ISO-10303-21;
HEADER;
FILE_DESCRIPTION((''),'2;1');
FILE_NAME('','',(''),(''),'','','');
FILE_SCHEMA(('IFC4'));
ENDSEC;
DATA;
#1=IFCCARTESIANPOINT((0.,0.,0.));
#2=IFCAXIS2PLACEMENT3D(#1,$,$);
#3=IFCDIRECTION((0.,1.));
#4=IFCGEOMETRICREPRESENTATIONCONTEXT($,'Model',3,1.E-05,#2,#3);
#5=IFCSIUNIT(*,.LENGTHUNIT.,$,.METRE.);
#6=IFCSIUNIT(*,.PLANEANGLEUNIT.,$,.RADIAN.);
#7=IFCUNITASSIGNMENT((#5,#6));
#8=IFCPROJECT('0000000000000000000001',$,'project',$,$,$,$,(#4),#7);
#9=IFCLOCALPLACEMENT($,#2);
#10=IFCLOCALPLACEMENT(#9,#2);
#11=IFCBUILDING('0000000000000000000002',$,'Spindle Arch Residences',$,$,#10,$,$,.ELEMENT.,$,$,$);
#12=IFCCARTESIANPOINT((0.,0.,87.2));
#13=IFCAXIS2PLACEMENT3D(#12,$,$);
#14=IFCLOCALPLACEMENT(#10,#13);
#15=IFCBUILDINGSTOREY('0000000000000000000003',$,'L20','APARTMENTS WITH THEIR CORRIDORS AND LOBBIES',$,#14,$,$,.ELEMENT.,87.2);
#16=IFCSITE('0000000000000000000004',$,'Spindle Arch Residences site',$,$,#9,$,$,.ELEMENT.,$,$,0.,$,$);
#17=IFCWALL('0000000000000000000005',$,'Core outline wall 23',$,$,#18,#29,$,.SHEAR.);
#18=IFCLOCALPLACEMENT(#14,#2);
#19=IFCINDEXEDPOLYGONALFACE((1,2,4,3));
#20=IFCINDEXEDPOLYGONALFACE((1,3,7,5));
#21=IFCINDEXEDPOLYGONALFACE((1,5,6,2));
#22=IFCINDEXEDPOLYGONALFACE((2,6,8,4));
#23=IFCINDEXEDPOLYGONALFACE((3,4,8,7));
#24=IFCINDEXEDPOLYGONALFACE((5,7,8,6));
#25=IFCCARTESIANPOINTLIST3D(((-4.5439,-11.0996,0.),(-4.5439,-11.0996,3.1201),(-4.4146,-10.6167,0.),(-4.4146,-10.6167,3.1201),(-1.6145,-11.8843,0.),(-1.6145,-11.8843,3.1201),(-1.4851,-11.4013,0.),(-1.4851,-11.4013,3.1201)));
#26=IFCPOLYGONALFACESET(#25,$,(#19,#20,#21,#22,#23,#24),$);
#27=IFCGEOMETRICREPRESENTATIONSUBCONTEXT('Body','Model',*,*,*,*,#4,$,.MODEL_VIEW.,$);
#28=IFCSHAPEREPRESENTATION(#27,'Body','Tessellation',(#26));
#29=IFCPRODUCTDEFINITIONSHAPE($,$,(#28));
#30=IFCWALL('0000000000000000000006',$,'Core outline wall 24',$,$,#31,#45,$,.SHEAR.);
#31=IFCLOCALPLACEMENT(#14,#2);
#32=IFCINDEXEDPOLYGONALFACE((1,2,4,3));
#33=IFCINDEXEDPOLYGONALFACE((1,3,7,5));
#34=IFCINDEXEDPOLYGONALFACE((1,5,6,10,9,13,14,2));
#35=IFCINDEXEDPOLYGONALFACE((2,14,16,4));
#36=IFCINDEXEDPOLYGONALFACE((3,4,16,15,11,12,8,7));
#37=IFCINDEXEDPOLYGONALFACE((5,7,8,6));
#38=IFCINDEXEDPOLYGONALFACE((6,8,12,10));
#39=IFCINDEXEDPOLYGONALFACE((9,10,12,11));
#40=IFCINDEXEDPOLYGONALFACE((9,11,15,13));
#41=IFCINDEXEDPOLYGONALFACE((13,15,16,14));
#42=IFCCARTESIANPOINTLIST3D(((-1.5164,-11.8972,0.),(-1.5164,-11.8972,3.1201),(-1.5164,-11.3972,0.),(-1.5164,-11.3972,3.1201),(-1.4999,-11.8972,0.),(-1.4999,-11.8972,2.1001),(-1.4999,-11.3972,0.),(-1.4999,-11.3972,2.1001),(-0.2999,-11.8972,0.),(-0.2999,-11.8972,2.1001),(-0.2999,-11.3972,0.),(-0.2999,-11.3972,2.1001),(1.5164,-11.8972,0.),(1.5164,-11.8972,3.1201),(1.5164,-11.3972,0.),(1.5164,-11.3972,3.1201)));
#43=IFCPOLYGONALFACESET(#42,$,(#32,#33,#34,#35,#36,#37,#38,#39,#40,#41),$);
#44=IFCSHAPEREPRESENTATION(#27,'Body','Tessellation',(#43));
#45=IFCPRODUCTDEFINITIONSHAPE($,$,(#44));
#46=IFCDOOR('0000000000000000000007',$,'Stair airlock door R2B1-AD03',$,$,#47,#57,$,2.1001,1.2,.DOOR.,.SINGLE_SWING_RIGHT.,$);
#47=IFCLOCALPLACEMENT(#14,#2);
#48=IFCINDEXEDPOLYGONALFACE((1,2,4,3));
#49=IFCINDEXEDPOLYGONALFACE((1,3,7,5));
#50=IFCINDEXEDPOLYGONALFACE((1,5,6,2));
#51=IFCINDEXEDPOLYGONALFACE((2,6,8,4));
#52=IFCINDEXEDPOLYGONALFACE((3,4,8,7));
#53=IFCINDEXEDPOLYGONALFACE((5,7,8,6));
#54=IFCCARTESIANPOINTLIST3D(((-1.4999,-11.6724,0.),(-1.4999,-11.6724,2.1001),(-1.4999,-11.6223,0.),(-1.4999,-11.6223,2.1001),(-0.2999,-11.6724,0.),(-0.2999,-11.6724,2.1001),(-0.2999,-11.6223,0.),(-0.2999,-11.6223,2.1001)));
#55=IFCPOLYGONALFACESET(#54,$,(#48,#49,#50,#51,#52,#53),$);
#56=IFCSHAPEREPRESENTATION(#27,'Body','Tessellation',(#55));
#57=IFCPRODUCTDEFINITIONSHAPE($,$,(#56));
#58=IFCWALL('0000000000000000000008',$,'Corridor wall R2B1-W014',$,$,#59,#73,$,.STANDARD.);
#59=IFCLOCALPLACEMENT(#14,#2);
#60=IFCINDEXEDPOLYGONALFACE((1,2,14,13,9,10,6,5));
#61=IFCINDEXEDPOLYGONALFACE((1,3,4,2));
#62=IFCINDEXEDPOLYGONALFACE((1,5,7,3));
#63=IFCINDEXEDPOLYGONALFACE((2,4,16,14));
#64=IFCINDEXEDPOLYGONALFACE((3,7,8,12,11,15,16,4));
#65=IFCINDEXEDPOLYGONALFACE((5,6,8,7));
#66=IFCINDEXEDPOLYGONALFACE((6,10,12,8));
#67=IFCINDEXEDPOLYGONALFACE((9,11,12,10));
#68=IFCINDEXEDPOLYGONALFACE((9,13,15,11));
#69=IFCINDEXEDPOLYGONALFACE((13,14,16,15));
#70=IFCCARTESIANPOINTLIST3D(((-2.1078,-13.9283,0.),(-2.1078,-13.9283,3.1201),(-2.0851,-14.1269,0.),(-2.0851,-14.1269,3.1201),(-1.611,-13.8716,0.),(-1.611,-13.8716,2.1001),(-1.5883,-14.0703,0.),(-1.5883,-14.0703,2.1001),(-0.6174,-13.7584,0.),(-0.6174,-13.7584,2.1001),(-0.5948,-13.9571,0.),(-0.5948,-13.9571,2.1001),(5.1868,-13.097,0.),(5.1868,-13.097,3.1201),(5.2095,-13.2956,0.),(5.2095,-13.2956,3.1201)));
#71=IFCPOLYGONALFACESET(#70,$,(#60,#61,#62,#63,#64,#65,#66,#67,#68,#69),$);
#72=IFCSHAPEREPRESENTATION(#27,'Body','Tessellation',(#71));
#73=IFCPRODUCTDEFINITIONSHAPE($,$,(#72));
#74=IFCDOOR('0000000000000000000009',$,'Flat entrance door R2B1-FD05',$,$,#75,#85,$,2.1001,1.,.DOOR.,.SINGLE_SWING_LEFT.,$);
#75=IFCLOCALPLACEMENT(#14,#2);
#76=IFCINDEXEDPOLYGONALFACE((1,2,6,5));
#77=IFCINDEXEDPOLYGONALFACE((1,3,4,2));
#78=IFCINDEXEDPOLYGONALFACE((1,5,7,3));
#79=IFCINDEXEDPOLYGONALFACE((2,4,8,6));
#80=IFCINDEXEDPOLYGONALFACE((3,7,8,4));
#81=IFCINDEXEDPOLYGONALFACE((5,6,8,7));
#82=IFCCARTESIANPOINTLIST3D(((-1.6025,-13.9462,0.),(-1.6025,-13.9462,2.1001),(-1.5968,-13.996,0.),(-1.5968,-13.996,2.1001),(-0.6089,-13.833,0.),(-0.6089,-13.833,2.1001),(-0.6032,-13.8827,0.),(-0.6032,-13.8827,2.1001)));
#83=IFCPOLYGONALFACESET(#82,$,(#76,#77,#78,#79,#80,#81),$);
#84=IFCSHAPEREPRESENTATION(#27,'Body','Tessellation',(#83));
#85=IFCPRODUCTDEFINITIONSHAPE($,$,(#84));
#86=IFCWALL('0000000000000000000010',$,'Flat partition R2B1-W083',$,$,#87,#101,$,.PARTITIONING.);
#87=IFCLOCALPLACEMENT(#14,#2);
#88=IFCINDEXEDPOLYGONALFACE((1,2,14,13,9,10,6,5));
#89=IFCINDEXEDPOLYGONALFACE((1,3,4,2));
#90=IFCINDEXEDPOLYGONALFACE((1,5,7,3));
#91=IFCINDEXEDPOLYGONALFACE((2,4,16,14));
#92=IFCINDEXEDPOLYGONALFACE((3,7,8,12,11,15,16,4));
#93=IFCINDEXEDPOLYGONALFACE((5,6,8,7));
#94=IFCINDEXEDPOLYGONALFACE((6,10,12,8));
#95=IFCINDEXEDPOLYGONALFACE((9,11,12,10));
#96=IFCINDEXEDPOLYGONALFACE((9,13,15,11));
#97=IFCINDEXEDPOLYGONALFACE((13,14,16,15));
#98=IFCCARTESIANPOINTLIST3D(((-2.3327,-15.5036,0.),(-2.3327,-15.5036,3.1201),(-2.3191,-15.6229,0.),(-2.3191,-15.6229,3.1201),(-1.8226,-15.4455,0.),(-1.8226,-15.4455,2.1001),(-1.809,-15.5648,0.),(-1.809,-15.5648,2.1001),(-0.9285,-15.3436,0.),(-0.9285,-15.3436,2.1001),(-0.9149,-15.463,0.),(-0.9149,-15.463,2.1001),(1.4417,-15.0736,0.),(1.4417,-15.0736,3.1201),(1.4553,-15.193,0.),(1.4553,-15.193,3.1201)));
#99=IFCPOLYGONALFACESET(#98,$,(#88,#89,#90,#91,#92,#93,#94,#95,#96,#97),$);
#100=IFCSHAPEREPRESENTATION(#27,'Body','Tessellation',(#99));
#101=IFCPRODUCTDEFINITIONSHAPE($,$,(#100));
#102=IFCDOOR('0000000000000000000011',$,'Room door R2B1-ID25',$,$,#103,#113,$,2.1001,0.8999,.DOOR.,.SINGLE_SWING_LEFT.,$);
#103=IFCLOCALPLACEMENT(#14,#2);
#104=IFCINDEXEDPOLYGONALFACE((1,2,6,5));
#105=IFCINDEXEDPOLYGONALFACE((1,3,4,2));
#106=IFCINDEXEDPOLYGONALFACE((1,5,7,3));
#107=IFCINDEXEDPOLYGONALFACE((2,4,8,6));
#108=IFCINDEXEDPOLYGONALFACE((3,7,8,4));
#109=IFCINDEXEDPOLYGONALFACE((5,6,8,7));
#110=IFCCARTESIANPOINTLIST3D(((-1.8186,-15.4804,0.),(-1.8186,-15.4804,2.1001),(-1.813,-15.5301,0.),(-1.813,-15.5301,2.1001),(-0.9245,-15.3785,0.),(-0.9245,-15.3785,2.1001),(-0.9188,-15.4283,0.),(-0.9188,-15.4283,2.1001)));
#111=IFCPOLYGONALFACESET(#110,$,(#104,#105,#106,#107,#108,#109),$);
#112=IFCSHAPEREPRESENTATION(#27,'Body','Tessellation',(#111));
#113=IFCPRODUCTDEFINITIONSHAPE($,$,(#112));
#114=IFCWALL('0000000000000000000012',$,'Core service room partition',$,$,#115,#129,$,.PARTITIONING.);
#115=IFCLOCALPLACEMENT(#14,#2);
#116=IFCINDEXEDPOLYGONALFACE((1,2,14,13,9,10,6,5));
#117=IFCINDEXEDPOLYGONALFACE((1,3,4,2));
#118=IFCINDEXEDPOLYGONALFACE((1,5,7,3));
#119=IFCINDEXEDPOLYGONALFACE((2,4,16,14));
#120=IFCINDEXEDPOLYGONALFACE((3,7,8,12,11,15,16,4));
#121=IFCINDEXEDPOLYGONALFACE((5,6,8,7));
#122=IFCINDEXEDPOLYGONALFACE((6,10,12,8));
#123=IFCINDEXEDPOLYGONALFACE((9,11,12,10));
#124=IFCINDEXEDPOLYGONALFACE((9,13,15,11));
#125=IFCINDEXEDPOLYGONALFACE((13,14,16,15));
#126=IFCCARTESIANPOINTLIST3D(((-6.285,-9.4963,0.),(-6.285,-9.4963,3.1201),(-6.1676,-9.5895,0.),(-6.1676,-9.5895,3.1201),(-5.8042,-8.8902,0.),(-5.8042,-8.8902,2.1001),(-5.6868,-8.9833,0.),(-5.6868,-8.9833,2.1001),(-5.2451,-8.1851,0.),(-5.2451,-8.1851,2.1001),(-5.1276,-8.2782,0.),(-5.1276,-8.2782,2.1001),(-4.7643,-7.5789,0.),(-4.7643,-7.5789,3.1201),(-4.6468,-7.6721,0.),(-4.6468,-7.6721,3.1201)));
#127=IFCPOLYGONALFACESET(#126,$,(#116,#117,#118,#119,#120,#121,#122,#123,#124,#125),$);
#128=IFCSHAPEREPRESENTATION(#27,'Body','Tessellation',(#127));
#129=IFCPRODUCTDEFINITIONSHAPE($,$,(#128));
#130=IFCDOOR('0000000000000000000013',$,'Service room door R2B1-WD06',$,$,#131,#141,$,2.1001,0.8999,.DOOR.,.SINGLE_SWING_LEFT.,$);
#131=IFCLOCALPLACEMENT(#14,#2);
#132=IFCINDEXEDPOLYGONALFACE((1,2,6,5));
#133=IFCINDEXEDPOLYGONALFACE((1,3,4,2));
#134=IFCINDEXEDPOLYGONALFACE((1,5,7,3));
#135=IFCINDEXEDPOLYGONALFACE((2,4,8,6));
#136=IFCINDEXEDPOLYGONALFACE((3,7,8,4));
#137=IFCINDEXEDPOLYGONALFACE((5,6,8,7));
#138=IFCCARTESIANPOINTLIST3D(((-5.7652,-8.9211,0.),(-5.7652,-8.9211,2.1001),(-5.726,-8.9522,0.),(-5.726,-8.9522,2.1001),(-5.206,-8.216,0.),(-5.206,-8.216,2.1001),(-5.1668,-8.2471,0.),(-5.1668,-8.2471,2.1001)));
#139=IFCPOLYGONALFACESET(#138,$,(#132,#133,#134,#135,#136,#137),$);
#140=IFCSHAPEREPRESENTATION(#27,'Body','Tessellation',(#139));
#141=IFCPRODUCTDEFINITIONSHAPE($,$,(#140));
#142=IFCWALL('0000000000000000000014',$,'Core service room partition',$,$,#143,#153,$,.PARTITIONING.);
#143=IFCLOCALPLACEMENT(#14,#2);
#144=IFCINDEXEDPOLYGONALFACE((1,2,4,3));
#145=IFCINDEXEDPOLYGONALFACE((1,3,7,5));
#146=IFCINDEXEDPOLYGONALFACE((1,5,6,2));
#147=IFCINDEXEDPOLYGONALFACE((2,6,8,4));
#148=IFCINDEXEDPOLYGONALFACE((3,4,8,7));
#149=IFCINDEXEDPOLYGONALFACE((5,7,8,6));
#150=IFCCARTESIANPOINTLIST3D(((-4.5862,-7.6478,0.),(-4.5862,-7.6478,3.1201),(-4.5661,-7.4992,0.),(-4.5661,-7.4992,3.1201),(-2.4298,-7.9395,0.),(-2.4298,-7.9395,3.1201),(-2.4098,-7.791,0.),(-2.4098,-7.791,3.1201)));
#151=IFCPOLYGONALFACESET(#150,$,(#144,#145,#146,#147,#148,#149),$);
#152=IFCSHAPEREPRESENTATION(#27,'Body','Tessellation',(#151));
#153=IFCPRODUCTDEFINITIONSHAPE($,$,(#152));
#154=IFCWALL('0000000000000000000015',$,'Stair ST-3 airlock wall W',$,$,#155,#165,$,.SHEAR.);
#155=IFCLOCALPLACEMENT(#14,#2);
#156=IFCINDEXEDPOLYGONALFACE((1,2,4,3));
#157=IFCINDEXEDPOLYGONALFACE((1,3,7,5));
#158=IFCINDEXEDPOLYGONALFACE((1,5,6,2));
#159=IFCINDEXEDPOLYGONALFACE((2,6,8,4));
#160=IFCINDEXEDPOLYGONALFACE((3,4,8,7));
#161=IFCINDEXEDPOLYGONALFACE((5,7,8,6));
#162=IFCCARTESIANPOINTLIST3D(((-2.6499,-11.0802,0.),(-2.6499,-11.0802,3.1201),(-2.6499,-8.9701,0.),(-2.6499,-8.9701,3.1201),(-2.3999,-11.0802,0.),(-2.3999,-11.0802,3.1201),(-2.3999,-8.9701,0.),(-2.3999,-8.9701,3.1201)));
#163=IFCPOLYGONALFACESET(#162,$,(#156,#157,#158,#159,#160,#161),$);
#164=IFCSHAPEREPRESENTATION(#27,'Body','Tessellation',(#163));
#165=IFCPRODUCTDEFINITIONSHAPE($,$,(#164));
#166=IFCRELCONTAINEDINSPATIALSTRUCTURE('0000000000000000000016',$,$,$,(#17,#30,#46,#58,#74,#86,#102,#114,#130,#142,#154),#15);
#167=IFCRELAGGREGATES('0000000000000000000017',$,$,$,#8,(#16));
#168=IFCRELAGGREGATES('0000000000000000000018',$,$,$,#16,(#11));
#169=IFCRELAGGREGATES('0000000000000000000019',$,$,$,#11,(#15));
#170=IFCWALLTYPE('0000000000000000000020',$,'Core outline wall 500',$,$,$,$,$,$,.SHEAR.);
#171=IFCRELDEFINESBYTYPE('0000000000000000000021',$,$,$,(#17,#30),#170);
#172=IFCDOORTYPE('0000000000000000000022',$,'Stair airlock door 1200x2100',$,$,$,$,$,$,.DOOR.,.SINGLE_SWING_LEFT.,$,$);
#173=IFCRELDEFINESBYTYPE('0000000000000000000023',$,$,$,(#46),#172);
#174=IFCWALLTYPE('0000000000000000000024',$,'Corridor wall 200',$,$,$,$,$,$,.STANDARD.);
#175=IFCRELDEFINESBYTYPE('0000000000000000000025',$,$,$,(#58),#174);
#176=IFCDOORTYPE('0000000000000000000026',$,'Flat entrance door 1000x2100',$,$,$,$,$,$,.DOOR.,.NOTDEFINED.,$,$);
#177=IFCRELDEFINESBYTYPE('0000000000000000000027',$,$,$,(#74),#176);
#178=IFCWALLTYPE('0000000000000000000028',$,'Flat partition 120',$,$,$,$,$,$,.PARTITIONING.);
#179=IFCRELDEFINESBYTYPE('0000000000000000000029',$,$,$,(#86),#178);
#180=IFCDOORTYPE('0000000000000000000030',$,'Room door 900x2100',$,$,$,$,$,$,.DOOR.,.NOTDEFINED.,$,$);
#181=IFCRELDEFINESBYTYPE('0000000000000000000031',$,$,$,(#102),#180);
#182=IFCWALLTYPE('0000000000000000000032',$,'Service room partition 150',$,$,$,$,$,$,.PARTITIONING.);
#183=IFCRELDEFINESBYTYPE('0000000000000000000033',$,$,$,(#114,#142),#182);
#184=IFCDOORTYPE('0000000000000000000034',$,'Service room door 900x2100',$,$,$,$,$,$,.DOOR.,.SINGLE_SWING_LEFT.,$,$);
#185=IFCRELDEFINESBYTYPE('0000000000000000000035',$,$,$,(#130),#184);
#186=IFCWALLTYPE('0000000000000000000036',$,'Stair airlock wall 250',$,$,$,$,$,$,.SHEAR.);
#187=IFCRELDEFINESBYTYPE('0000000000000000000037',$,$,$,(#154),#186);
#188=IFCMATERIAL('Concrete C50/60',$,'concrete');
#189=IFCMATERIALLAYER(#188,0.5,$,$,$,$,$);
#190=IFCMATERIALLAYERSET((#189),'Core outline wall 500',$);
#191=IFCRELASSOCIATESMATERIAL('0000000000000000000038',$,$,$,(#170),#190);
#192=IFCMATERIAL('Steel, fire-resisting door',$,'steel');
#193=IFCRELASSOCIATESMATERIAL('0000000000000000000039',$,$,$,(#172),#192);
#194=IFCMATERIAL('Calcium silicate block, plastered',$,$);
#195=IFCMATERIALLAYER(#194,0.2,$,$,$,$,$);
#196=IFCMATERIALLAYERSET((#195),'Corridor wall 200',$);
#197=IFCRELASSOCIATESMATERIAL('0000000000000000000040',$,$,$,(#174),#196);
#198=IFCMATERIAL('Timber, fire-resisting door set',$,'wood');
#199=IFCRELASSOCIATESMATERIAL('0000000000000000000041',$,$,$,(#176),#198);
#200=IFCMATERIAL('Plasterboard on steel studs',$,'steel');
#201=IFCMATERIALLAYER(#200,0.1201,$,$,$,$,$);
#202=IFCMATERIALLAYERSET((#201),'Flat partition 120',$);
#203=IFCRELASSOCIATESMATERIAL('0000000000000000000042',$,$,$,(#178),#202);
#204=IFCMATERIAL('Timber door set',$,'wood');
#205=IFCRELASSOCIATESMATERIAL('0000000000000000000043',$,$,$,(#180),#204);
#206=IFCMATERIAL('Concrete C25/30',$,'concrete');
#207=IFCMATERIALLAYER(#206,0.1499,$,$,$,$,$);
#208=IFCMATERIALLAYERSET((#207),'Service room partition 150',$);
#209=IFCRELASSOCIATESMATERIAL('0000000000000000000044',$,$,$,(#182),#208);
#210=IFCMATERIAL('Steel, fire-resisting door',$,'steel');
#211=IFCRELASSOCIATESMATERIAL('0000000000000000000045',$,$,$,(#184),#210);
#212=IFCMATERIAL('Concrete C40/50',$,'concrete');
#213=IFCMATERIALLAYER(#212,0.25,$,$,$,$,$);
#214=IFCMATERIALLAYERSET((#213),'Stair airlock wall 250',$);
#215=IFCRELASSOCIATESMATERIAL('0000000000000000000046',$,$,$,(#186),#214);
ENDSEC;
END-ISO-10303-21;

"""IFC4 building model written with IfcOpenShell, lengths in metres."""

from ifc_helpers import new_model, si_unit, direction, frame, frame_2d, origin, place, context, subcontext, project, spatial, rectangle, extrude, material, layer, layer_set, type_object, element, fill, save


model = new_model("IFC4")

# Units and contexts
model_context = context("Model", 3, precision=1e-05, world=origin(), true_north=direction((0.0, 1.0)))
body_context = subcontext(model_context, "Body", "Model", "MODEL_VIEW")
ifc_project = project(units=[si_unit("LENGTHUNIT", "METRE"), si_unit("PLANEANGLEUNIT", "RADIAN")], contexts=[model_context])

# Site, building, storey
site_placement = place(None, origin())
site = spatial("IfcSite", under=ifc_project, at=site_placement, Name="Spindle Arch Residences site", CompositionType="ELEMENT", RefElevation=0.0)
building_placement = place(site_placement, origin())
building = spatial("IfcBuilding", under=site, at=building_placement, Name="Spindle Arch Residences", CompositionType="ELEMENT")
storey_placement = place(building_placement, frame((0.0, 0.0, 87.2)))
storey = spatial("IfcBuildingStorey", under=building, at=storey_placement, Name="L20", Description="APARTMENTS WITH THEIR CORRIDORS AND LOBBIES", CompositionType="ELEMENT", Elevation=87.2)

# Wall
ifc_material_1 = material(Name="Concrete C50/60", Category="concrete")
ifc_layer_1 = layer(ifc_material_1, 0.5)
ifc_layer_set_1 = layer_set([ifc_layer_1], Name="Core outline wall 500")
wall_type_1 = type_object("IfcWallType", Name="Core outline wall 500", PredefinedType="SHEAR", material=ifc_layer_set_1)
wall_1_placement = place(storey_placement, frame((-4.4792, -10.8582, 0.0), z_axis=(0.0, 0.0, 1.0), x_axis=(0.965948, -0.258735, 0.0)))
element("IfcWall", 1, at=wall_1_placement, inside=storey, type_object=wall_type_1, Name="Core outline wall 23", PredefinedType="SHEAR", context=body_context, shape_type="SweptSolid", body=[
    extrude(rectangle(XDim=3.0327, YDim=0.5, at=frame_2d((1.5164, 0.0))), origin(), (0.0, 0.0, 1.0), 3.1201),
])

# Walls, openings, doors
wall_2_placement = place(storey_placement, frame((-1.5164, -11.6472, 0.0), z_axis=(0.0, 0.0, 1.0), x_axis=(1.0, 0.0, 0.0)))
wall_2 = element("IfcWall", 2, at=wall_2_placement, inside=storey, type_object=wall_type_1, Name="Core outline wall 24", PredefinedType="SHEAR", context=body_context, shape_type="SweptSolid", body=[
    extrude(rectangle(XDim=3.0327, YDim=0.5, at=frame_2d((1.5164, 0.0))), origin(), (0.0, 0.0, 1.0), 3.1201),
])
opening_1_placement = place(wall_2_placement, frame((0.0164, 0.0, 0.0)))
opening_1 = element("IfcOpeningElement", 3, at=opening_1_placement, cuts=wall_2, PredefinedType="OPENING", context=body_context, shape_type="SweptSolid", body=[
    extrude(rectangle(XDim=1.2, YDim=2.1001, at=frame_2d((0.6001, 1.05))), frame((0.0, 0.26, 0.0), z_axis=(0.0, -1.0, 0.0), x_axis=(1.0, 0.0, 0.0)), (0.0, 0.0, 1.0), 0.52),
])
ifc_material_2 = material(Name="Steel, fire-resisting door", Category="steel")
door_type_1 = type_object("IfcDoorType", Name="Stair airlock door 1200x2100", OperationType="SINGLE_SWING_LEFT", PredefinedType="DOOR", material=ifc_material_2)
door_1_placement = place(opening_1_placement, origin())
door_1 = element("IfcDoor", 4, at=door_1_placement, inside=storey, type_object=door_type_1, Name="Stair airlock door R2B1-AD03", OperationType="SINGLE_SWING_RIGHT", OverallHeight=2.1001, OverallWidth=1.2, PredefinedType="DOOR", context=body_context, shape_type="SweptSolid", body=[
    extrude(rectangle(XDim=1.2, YDim=2.1001, at=frame_2d((0.6001, 1.05))), frame((0.0, 0.0249, 0.0), z_axis=(0.0, -1.0, 0.0), x_axis=(1.0, 0.0, 0.0)), (0.0, 0.0, 1.0), 0.05),
])
fill(opening_1, door_1)
ifc_material_3 = material(Name="Calcium silicate block, plastered")
ifc_layer_2 = layer(ifc_material_3, 0.2)
ifc_layer_set_2 = layer_set([ifc_layer_2], Name="Corridor wall 200")
wall_type_2 = type_object("IfcWallType", Name="Corridor wall 200", PredefinedType="STANDARD", material=ifc_layer_set_2)
wall_3_placement = place(storey_placement, frame((-2.0964, -14.0276, 0.0), z_axis=(0.0, 0.0, 1.0), x_axis=(0.993569, 0.113227, 0.0)))
wall_3 = element("IfcWall", 5, at=wall_3_placement, inside=storey, type_object=wall_type_2, Name="Corridor wall R2B1-W014", PredefinedType="STANDARD", context=body_context, shape_type="SweptSolid", body=[
    extrude(rectangle(XDim=7.3418, YDim=0.2, at=frame_2d((3.6709, 0.0))), origin(), (0.0, 0.0, 1.0), 3.1201),
])
opening_2_placement = place(wall_3_placement, frame((0.5, 0.0, 0.0)))
opening_2 = element("IfcOpeningElement", 6, at=opening_2_placement, cuts=wall_3, PredefinedType="OPENING", context=body_context, shape_type="SweptSolid", body=[
    extrude(rectangle(XDim=1.0, YDim=2.1001, at=frame_2d((0.5, 1.05))), frame((0.0, 0.1099, 0.0), z_axis=(0.0, -1.0, 0.0), x_axis=(1.0, 0.0, 0.0)), (0.0, 0.0, 1.0), 0.22),
])
ifc_material_4 = material(Name="Timber, fire-resisting door set", Category="wood")
door_type_2 = type_object("IfcDoorType", Name="Flat entrance door 1000x2100", OperationType="NOTDEFINED", PredefinedType="DOOR", material=ifc_material_4)
door_2_placement = place(opening_2_placement, origin())
door_2 = element("IfcDoor", 7, at=door_2_placement, inside=storey, type_object=door_type_2, Name="Flat entrance door R2B1-FD05", OperationType="SINGLE_SWING_LEFT", OverallHeight=2.1001, OverallWidth=1.0, PredefinedType="DOOR", context=body_context, shape_type="SweptSolid", body=[
    extrude(rectangle(XDim=1.0, YDim=2.1001, at=frame_2d((0.5, 1.05))), frame((0.0, 0.0249, 0.0), z_axis=(0.0, -1.0, 0.0), x_axis=(1.0, 0.0, 0.0)), (0.0, 0.0, 1.0), 0.05),
])
fill(opening_2, door_2)
ifc_material_5 = material(Name="Plasterboard on steel studs", Category="steel")
ifc_layer_3 = layer(ifc_material_5, 0.1201)
ifc_layer_set_3 = layer_set([ifc_layer_3], Name="Flat partition 120")
wall_type_3 = type_object("IfcWallType", Name="Flat partition 120", PredefinedType="PARTITIONING", material=ifc_layer_set_3)
wall_4_placement = place(storey_placement, frame((-2.3259, -15.5632, 0.0), z_axis=(0.0, 0.0, 1.0), x_axis=(0.993575, 0.113175, 0.0)))
wall_4 = element("IfcWall", 8, at=wall_4_placement, inside=storey, type_object=wall_type_3, Name="Flat partition R2B1-W083", PredefinedType="PARTITIONING", context=body_context, shape_type="SweptSolid", body=[
    extrude(rectangle(XDim=3.7988, YDim=0.1201, at=frame_2d((1.8994, 0.0))), origin(), (0.0, 0.0, 1.0), 3.1201),
])
opening_3_placement = place(wall_4_placement, frame((0.5134, 0.0, 0.0)))
opening_3 = element("IfcOpeningElement", 9, at=opening_3_placement, cuts=wall_4, PredefinedType="OPENING", context=body_context, shape_type="SweptSolid", body=[
    extrude(rectangle(XDim=0.8999, YDim=2.1001, at=frame_2d((0.45, 1.05))), frame((0.0, 0.0701, 0.0), z_axis=(0.0, -1.0, 0.0), x_axis=(1.0, 0.0, 0.0)), (0.0, 0.0, 1.0), 0.1401),
])
ifc_material_6 = material(Name="Timber door set", Category="wood")
door_type_3 = type_object("IfcDoorType", Name="Room door 900x2100", OperationType="NOTDEFINED", PredefinedType="DOOR", material=ifc_material_6)
door_3_placement = place(opening_3_placement, origin())
door_3 = element("IfcDoor", 10, at=door_3_placement, inside=storey, type_object=door_type_3, Name="Room door R2B1-ID25", OperationType="SINGLE_SWING_LEFT", OverallHeight=2.1001, OverallWidth=0.8999, PredefinedType="DOOR", context=body_context, shape_type="SweptSolid", body=[
    extrude(rectangle(XDim=0.8999, YDim=2.1001, at=frame_2d((0.45, 1.05))), frame((0.0, 0.0249, 0.0), z_axis=(0.0, -1.0, 0.0), x_axis=(1.0, 0.0, 0.0)), (0.0, 0.0, 1.0), 0.05),
])
fill(opening_3, door_3)
ifc_material_7 = material(Name="Concrete C25/30", Category="concrete")
ifc_layer_4 = layer(ifc_material_7, 0.1499)
ifc_layer_set_4 = layer_set([ifc_layer_4], Name="Service room partition 150")
wall_type_4 = type_object("IfcWallType", Name="Service room partition 150", PredefinedType="PARTITIONING", material=ifc_layer_set_4)
wall_5_placement = place(storey_placement, frame((-4.7056, -7.6255, 0.0), z_axis=(0.0, 0.0, 1.0), x_axis=(-0.621393, -0.783499, 0.0)))
wall_5 = element("IfcWall", 11, at=wall_5_placement, inside=storey, type_object=wall_type_4, Name="Core service room partition", PredefinedType="PARTITIONING", context=body_context, shape_type="SweptSolid", body=[
    extrude(rectangle(XDim=2.4473, YDim=0.1499, at=frame_2d((1.2236, 0.0))), origin(), (0.0, 0.0, 1.0), 3.1201),
])
opening_4_placement = place(wall_5_placement, frame((0.7737, 0.0, 0.0)))
opening_4 = element("IfcOpeningElement", 12, at=opening_4_placement, cuts=wall_5, PredefinedType="OPENING", context=body_context, shape_type="SweptSolid", body=[
    extrude(rectangle(XDim=0.8999, YDim=2.1001, at=frame_2d((0.45, 1.05))), frame((0.0, 0.085, 0.0), z_axis=(0.0, -1.0, 0.0), x_axis=(1.0, 0.0, 0.0)), (0.0, 0.0, 1.0), 0.1699),
])
ifc_material_8 = material(Name="Steel, fire-resisting door", Category="steel")
door_type_4 = type_object("IfcDoorType", Name="Service room door 900x2100", OperationType="SINGLE_SWING_LEFT", PredefinedType="DOOR", material=ifc_material_8)
door_4_placement = place(opening_4_placement, origin())
door_4 = element("IfcDoor", 13, at=door_4_placement, inside=storey, type_object=door_type_4, Name="Service room door R2B1-WD06", OperationType="SINGLE_SWING_LEFT", OverallHeight=2.1001, OverallWidth=0.8999, PredefinedType="DOOR", context=body_context, shape_type="SweptSolid", body=[
    extrude(rectangle(XDim=0.8999, YDim=2.1001, at=frame_2d((0.45, 1.05))), frame((0.0, 0.0249, 0.0), z_axis=(0.0, -1.0, 0.0), x_axis=(1.0, 0.0, 0.0)), (0.0, 0.0, 1.0), 0.05),
])
fill(opening_4, door_4)

# Walls
wall_6_placement = place(storey_placement, frame((-2.4199, -7.8652, 0.0), z_axis=(0.0, 0.0, 1.0), x_axis=(-0.990972, 0.134067, 0.0)))
element("IfcWall", 14, at=wall_6_placement, inside=storey, type_object=wall_type_4, Name="Core service room partition", PredefinedType="PARTITIONING", context=body_context, shape_type="SweptSolid", body=[
    extrude(rectangle(XDim=2.176, YDim=0.1499, at=frame_2d((1.0879, 0.0))), origin(), (0.0, 0.0, 1.0), 3.1201),
])
ifc_material_9 = material(Name="Concrete C40/50", Category="concrete")
ifc_layer_5 = layer(ifc_material_9, 0.25)
ifc_layer_set_5 = layer_set([ifc_layer_5], Name="Stair airlock wall 250")
wall_type_5 = type_object("IfcWallType", Name="Stair airlock wall 250", PredefinedType="SHEAR", material=ifc_layer_set_5)
wall_7_placement = place(storey_placement, frame((-2.5249, -8.97, 0.0), z_axis=(0.0, 0.0, 1.0), x_axis=(0.0, -1.0, 0.0)))
element("IfcWall", 15, at=wall_7_placement, inside=storey, type_object=wall_type_5, Name="Stair ST-3 airlock wall W", PredefinedType="SHEAR", context=body_context, shape_type="SweptSolid", body=[
    extrude(rectangle(XDim=2.1101, YDim=0.25, at=frame_2d((1.0552, 0.0))), origin(), (0.0, 0.0, 1.0), 3.1201),
])

save(model, "model.ifc")
